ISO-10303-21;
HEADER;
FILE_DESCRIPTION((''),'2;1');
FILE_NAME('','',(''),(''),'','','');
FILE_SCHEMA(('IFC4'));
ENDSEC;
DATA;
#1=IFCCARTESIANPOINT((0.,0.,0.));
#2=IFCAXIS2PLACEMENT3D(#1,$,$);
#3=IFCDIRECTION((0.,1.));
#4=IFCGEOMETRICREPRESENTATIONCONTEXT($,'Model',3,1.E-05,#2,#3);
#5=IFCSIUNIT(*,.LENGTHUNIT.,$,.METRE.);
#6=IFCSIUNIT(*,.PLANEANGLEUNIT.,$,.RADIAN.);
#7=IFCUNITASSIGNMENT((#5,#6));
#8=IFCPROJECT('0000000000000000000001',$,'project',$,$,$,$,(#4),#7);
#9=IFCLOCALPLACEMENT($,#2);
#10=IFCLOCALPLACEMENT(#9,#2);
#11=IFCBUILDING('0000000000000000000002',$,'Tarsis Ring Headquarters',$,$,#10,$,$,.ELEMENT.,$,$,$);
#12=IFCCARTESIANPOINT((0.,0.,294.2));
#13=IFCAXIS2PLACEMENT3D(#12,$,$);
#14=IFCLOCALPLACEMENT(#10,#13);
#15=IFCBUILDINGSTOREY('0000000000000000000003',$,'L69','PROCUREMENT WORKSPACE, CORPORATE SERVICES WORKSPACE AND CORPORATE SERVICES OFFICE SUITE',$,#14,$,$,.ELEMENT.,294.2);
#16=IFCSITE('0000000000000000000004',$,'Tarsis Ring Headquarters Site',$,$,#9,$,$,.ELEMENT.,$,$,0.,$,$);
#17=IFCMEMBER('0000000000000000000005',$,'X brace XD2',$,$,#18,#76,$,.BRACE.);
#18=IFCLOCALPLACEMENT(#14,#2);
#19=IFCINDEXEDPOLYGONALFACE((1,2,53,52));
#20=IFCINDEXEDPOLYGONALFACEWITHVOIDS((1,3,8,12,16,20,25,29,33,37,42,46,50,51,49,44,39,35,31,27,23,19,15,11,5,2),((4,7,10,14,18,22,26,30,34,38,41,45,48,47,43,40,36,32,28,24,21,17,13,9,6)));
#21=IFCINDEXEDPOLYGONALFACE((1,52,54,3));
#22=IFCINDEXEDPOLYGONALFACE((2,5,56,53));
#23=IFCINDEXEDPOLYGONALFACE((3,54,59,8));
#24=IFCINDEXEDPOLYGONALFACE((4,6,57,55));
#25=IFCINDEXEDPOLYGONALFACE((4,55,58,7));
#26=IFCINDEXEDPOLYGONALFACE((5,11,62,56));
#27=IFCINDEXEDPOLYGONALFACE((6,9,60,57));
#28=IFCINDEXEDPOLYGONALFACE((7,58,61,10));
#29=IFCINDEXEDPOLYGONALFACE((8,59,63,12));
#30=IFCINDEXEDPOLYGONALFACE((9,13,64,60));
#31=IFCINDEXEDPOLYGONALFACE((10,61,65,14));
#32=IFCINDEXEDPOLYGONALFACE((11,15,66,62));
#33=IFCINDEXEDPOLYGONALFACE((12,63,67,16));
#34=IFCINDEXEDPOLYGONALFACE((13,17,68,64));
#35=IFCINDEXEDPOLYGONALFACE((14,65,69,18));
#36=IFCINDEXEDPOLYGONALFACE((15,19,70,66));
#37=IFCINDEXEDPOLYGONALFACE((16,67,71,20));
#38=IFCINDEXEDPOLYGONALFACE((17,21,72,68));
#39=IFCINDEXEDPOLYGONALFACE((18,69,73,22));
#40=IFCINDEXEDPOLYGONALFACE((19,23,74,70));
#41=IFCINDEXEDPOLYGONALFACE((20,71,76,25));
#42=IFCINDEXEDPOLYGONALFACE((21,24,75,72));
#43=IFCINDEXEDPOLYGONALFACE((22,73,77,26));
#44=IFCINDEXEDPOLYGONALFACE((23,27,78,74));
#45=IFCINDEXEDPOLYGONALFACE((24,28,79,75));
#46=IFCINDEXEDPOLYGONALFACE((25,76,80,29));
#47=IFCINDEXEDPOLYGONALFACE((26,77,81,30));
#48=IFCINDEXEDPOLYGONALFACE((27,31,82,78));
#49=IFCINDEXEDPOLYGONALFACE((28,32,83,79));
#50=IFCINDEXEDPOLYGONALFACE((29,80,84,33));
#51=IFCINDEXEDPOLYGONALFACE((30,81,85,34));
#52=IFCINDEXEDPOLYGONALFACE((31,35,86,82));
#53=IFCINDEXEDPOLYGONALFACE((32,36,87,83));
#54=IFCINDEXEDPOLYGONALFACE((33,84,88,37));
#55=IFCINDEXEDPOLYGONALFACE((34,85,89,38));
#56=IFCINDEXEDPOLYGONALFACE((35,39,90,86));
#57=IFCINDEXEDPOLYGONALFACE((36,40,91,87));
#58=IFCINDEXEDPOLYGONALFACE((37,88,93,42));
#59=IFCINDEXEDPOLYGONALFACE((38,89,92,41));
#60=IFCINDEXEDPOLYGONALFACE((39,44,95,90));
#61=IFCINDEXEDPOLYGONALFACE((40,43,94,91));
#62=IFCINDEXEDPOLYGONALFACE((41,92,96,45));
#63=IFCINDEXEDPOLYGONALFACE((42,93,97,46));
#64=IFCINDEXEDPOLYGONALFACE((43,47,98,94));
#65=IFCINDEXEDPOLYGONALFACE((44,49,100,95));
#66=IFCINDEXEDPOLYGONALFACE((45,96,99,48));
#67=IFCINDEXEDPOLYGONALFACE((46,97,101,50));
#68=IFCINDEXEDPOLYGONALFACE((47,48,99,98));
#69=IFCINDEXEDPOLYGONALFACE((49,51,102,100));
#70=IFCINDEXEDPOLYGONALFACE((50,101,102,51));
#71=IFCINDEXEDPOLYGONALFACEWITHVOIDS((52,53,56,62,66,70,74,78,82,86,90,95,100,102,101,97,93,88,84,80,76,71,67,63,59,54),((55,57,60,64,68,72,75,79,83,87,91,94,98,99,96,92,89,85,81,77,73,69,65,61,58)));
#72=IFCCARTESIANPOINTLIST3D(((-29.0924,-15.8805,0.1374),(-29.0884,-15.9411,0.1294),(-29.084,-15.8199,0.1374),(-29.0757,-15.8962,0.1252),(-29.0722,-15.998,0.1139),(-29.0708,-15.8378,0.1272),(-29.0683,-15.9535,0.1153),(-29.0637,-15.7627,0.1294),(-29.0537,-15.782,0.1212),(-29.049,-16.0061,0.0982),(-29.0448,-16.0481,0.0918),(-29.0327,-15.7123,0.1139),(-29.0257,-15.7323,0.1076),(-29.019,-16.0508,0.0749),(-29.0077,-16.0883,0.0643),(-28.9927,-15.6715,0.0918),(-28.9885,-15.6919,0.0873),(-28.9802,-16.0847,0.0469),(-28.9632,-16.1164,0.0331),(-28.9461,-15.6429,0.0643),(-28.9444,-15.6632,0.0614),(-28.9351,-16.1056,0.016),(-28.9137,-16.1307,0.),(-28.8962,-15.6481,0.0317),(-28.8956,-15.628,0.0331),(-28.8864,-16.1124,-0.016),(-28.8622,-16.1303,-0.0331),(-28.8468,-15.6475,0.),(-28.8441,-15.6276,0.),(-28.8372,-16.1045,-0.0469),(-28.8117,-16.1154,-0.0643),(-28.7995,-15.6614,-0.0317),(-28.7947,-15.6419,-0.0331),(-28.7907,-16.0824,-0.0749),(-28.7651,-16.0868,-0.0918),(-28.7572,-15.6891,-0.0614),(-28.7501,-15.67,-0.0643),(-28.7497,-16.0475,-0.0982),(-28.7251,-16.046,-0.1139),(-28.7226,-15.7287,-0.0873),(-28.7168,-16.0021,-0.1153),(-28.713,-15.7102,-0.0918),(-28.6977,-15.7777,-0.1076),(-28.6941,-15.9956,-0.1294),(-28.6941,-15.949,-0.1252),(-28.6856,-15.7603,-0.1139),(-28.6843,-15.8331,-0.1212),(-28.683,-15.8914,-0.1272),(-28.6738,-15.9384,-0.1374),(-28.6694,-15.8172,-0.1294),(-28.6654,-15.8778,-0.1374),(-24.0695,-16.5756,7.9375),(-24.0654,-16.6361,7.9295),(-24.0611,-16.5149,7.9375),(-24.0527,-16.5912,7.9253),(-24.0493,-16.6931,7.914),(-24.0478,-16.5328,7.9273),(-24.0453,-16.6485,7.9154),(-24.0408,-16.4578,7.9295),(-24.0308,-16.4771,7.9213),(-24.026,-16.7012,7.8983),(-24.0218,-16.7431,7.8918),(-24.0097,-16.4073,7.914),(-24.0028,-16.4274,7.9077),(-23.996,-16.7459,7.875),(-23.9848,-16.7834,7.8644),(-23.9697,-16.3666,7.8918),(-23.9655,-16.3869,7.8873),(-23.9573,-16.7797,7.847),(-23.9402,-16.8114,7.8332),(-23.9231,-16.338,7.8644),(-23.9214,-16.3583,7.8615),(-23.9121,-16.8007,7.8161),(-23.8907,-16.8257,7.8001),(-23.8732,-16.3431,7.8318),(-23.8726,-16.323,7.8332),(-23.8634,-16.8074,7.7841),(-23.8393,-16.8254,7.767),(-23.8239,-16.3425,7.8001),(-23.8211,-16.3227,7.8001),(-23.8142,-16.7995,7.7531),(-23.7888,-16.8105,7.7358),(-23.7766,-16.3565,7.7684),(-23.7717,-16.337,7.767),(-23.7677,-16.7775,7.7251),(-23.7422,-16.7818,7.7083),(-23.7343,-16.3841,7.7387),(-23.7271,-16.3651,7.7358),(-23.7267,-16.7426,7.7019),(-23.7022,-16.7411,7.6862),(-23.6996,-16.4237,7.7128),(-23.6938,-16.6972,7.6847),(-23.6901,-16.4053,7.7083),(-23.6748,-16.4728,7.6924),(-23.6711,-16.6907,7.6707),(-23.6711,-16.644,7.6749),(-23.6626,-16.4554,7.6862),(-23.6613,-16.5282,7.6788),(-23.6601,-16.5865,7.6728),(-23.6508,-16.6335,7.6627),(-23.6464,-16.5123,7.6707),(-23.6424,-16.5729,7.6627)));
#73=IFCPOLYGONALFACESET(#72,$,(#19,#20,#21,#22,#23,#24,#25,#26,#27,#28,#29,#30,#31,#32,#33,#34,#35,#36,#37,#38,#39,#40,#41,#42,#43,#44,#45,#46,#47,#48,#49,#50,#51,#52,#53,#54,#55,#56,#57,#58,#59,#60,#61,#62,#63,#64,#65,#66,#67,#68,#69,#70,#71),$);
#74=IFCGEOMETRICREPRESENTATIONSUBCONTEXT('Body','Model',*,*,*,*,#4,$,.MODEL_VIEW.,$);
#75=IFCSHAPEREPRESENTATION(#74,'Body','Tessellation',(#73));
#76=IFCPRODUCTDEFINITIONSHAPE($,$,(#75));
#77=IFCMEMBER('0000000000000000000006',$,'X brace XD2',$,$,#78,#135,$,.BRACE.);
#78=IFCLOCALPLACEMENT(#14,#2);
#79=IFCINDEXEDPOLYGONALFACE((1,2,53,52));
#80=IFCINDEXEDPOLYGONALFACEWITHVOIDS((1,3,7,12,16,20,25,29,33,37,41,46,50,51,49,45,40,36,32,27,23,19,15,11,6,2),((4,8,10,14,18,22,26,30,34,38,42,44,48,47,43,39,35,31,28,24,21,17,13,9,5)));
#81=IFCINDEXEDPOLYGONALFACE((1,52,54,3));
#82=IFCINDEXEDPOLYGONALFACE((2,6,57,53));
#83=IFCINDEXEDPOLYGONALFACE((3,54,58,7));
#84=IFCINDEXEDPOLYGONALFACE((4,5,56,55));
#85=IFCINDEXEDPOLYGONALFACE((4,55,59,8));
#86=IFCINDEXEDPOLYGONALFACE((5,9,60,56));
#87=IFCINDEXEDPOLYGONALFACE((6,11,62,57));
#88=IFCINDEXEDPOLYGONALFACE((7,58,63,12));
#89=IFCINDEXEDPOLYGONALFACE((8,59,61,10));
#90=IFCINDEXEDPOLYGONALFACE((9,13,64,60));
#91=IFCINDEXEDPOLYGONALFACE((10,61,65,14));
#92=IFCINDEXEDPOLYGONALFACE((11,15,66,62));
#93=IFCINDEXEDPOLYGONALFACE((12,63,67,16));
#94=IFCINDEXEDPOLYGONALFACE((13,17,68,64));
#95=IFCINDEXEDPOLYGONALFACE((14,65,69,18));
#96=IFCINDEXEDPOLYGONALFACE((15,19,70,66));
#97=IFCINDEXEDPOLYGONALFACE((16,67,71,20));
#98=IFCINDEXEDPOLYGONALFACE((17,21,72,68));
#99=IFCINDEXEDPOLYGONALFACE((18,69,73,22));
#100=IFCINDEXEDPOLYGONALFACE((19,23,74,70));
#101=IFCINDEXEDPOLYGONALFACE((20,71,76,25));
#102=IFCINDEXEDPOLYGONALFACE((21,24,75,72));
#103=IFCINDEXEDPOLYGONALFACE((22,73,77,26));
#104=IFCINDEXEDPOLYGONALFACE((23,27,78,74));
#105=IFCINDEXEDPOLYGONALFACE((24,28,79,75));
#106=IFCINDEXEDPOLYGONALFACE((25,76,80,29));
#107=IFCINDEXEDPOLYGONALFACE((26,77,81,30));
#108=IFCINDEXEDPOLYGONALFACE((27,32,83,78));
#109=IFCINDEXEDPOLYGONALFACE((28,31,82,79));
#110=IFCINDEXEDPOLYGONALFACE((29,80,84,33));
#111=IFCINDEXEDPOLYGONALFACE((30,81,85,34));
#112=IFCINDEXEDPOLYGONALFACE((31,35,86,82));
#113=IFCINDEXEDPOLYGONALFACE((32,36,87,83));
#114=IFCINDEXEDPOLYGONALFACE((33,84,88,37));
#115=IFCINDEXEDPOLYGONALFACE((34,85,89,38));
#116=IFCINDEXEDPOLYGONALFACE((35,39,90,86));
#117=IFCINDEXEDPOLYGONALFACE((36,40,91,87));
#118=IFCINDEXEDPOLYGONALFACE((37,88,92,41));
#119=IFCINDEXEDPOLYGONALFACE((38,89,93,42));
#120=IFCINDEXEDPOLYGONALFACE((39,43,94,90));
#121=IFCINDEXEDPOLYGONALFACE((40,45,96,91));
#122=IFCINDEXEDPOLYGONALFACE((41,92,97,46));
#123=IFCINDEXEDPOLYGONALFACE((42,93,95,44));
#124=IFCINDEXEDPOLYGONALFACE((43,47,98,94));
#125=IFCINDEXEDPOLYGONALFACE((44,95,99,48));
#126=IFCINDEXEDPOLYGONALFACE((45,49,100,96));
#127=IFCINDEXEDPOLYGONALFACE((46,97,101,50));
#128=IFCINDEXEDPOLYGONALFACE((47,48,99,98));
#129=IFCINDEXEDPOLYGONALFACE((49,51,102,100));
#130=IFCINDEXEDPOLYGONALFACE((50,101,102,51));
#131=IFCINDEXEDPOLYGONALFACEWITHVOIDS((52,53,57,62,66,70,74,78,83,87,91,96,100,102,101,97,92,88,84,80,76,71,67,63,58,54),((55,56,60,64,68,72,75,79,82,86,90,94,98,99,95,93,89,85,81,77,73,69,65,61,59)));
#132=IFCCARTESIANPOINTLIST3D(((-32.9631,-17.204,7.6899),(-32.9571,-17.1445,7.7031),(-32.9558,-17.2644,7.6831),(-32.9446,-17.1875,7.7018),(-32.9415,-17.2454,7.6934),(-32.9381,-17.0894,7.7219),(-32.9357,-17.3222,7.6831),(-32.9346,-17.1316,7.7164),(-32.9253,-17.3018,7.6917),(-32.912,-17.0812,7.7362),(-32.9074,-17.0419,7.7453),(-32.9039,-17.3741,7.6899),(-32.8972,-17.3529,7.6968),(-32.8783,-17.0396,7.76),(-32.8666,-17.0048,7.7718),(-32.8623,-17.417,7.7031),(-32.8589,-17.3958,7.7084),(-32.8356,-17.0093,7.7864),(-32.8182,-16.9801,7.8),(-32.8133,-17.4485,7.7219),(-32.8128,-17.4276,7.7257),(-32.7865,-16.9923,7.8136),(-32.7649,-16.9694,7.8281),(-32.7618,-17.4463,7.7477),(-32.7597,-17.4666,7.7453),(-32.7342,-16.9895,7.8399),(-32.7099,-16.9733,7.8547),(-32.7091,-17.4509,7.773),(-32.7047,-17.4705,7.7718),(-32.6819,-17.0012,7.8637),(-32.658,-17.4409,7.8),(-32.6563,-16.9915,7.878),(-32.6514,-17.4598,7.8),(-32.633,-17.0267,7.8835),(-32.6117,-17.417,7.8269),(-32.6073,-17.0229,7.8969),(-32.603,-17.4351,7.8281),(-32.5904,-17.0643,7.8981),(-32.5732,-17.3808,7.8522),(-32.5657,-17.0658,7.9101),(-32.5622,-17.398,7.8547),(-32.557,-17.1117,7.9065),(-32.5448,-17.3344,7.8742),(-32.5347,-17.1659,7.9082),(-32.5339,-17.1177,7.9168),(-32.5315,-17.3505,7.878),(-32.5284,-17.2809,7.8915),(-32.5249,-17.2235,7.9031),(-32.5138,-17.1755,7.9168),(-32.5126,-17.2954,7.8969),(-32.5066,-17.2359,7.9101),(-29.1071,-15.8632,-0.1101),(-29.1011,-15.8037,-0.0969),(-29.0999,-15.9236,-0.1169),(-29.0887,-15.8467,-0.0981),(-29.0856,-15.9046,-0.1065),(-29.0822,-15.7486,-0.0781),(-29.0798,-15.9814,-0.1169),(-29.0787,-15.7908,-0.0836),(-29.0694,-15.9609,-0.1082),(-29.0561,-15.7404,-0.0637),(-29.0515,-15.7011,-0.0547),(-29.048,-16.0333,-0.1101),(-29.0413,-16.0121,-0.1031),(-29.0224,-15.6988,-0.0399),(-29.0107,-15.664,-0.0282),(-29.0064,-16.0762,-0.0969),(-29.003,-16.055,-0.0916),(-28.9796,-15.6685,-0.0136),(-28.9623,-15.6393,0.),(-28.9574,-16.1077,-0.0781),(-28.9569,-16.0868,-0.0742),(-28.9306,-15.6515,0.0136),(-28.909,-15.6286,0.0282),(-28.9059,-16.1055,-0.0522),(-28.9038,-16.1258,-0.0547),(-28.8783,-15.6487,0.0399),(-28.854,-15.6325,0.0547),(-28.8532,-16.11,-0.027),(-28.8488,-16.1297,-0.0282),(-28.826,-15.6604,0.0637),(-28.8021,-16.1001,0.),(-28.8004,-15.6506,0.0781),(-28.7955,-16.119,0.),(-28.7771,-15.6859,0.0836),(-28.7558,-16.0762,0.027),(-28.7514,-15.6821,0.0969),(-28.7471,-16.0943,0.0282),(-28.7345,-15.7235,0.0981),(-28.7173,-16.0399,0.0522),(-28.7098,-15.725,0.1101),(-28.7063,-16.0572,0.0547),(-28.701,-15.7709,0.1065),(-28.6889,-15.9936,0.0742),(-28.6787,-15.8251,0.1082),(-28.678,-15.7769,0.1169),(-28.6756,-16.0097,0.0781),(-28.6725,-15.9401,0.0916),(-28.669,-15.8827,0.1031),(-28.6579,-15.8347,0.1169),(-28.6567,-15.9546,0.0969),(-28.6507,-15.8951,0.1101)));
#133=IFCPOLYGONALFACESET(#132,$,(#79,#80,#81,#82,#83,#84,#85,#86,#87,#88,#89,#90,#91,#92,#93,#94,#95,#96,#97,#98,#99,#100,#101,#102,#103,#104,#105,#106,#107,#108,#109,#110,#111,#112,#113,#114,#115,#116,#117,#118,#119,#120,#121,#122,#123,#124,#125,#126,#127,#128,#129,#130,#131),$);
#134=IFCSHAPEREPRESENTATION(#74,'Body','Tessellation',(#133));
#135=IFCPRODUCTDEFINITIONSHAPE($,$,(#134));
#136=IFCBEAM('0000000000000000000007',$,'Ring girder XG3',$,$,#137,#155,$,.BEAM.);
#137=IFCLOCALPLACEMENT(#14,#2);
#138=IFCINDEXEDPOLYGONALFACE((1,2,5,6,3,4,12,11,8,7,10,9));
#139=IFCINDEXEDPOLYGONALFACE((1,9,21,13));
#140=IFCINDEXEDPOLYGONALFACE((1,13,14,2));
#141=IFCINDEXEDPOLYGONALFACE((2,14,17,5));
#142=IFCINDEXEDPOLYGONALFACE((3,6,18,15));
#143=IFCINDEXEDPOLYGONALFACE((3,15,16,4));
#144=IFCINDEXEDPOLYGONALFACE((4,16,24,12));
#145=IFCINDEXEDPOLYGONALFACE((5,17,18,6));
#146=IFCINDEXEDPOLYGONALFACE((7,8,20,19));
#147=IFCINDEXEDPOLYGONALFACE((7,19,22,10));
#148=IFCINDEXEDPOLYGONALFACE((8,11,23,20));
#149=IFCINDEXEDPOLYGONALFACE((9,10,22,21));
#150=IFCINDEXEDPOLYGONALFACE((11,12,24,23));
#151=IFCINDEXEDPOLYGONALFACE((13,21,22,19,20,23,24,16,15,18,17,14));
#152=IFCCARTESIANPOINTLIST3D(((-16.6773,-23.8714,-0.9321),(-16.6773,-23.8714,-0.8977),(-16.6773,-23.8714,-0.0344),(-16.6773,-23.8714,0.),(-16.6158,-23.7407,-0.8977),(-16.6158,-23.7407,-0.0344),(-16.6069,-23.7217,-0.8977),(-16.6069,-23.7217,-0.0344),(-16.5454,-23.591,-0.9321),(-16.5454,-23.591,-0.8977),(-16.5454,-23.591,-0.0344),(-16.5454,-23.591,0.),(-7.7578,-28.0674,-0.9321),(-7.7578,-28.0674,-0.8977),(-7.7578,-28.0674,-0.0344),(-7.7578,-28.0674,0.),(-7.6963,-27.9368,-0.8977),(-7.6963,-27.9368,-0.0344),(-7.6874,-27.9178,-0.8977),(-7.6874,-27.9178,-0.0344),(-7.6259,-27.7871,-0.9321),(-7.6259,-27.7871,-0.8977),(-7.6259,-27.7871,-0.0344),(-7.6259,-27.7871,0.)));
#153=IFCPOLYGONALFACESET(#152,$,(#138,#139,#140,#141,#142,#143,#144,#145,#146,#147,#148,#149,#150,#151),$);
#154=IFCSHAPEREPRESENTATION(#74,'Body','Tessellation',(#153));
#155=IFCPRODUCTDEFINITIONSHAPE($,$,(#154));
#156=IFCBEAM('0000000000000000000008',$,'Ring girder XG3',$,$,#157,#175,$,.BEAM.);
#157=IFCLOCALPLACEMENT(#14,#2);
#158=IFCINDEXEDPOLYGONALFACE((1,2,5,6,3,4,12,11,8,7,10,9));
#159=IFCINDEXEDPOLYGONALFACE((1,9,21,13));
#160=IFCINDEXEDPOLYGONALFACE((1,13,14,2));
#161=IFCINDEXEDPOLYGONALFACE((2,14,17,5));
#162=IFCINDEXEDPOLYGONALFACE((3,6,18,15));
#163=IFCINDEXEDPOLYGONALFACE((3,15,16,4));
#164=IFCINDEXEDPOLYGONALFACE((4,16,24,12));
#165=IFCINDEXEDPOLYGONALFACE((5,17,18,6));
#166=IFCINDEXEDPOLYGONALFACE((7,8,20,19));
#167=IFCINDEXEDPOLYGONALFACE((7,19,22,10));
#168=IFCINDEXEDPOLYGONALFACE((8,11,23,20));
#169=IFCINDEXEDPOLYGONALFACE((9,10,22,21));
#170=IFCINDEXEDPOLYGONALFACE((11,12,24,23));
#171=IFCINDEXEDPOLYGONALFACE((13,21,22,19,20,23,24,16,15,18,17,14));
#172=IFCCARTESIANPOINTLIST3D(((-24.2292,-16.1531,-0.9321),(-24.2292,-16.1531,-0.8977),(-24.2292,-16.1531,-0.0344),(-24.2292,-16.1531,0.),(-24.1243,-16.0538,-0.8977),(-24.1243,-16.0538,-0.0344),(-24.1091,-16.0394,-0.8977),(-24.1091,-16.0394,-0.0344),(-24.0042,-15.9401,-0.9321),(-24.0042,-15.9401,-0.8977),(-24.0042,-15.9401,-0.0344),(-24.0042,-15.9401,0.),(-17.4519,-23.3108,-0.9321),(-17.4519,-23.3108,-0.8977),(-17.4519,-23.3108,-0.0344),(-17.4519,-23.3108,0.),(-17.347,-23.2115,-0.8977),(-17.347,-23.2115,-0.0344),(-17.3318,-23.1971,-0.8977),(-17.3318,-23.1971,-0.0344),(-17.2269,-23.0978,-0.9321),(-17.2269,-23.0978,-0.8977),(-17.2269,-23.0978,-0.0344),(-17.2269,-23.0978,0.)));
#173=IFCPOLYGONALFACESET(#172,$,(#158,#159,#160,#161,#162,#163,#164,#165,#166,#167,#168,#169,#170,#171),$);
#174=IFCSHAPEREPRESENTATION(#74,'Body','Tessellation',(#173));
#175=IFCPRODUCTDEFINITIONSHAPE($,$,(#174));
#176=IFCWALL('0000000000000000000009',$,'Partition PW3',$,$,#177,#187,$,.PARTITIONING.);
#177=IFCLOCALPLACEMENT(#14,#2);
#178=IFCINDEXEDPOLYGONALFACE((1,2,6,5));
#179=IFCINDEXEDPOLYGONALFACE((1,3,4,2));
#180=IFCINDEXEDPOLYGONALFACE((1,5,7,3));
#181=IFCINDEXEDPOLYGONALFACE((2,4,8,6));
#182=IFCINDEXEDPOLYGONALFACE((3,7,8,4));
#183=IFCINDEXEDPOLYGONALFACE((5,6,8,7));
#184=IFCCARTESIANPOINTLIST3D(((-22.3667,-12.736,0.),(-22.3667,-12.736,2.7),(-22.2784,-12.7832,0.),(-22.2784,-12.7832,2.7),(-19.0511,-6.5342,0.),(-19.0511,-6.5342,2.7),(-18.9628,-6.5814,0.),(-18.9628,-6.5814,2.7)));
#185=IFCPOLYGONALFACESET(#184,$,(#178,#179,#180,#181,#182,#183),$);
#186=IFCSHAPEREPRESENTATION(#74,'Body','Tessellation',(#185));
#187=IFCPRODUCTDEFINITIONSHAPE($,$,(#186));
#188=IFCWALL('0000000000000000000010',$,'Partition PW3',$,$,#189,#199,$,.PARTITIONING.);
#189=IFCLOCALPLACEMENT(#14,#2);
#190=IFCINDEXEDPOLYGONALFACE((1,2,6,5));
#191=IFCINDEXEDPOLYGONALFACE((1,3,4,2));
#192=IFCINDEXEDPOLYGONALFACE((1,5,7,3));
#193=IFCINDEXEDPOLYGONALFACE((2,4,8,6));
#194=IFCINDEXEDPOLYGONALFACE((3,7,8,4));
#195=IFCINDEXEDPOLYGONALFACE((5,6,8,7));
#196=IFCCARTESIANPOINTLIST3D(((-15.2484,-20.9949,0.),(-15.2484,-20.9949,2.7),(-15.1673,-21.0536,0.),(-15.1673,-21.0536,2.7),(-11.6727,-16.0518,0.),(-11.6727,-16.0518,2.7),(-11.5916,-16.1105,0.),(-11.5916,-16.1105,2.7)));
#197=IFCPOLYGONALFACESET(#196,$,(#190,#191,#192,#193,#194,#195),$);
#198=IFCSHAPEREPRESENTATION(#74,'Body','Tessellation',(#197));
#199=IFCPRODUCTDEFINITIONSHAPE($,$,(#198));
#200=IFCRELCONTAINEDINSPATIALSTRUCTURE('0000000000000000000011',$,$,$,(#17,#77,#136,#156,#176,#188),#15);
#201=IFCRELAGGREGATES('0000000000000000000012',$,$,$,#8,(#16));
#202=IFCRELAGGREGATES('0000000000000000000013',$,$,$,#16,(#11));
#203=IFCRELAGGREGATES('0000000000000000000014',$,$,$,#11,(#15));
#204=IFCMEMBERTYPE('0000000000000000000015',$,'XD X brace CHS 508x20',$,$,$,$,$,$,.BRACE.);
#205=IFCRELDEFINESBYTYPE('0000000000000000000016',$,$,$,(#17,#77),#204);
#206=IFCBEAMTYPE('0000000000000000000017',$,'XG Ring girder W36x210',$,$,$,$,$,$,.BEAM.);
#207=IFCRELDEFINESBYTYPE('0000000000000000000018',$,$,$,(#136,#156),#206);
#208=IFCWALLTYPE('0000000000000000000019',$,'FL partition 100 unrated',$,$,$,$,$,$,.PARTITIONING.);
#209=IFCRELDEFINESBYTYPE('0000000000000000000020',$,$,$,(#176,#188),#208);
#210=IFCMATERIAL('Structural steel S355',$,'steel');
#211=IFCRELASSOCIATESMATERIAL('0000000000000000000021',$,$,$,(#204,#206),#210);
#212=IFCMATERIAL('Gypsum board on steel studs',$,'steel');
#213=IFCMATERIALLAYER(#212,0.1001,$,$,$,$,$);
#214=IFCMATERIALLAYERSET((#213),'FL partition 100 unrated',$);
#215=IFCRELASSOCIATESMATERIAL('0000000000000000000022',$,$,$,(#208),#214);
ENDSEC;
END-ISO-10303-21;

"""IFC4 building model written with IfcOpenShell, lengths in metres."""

from ifc_helpers import new_model, si_unit, direction, frame, frame_2d, origin, origin_2d, place, context, subcontext, project, spatial, rectangle, hollow_circle, i_section, extrude, material, layer, layer_set, material_profile, profile_set, type_object, element, save


model = new_model("IFC4")

# Units and contexts
model_context = context("Model", 3, precision=1e-05, world=origin(), true_north=direction((0.0, 1.0)))
body_context = subcontext(model_context, "Body", "Model", "MODEL_VIEW")
ifc_project = project(units=[si_unit("LENGTHUNIT", "METRE"), si_unit("PLANEANGLEUNIT", "RADIAN")], contexts=[model_context])

# Site, building, storey
site_placement = place(None, origin())
site = spatial("IfcSite", under=ifc_project, at=site_placement, Name="Tarsis Ring Headquarters Site", CompositionType="ELEMENT", RefElevation=0.0)
building_placement = place(site_placement, origin())
building = spatial("IfcBuilding", under=site, at=building_placement, Name="Tarsis Ring Headquarters", CompositionType="ELEMENT")
storey_placement = place(building_placement, frame((0.0, 0.0, 294.2)))
storey = spatial("IfcBuildingStorey", under=building, at=storey_placement, Name="L69", Description="PROCUREMENT WORKSPACE, CORPORATE SERVICES WORKSPACE AND CORPORATE SERVICES OFFICE SUITE", CompositionType="ELEMENT", Elevation=294.2)

# Shared definitions
ifc_material_1 = material(Name="Structural steel S355", Category="steel")

# Members
ifc_material_profile_1 = material_profile(ifc_material_1, hollow_circle(Radius=0.2539, WallThickness=0.02, at=origin_2d()), Name="CHS 508x20")
ifc_profile_set_1 = profile_set([ifc_material_profile_1], Name="Structural steel S355")
member_type = type_object("IfcMemberType", Name="XD X brace CHS 508x20", PredefinedType="BRACE", material=ifc_profile_set_1)
member_1_placement = place(storey_placement, frame((-28.8789, -15.8792, 0.0), z_axis=(0.539903, -0.074711, 0.838405), x_axis=(0.137072, 0.990561, 0.0)))
element("IfcMember", 1, at=member_1_placement, inside=storey, type_object=member_type, Name="X brace XD2", PredefinedType="BRACE", context=body_context, shape_type="SweptSolid", body=[
    extrude(hollow_circle(Radius=0.2539, WallThickness=0.02, at=origin_2d()), origin(), (0.0, 0.0, 1.0), 9.3035),
])
member_2_placement = place(storey_placement, frame((-28.8789, -15.8792, 0.0), z_axis=(-0.437988, -0.1523, 0.885986), x_axis=(0.328437, -0.944526, 0.0)))
element("IfcMember", 2, at=member_2_placement, inside=storey, type_object=member_type, Name="X brace XD2", PredefinedType="BRACE", context=body_context, shape_type="SweptSolid", body=[
    extrude(hollow_circle(Radius=0.2539, WallThickness=0.02, at=origin_2d()), origin(), (0.0, 0.0, 1.0), 8.8037),
])

# Beams
ifc_material_profile_2 = material_profile(ifc_material_1, i_section(OverallWidth=0.3098, OverallDepth=0.9321, WebThickness=0.021, FlangeThickness=0.0344, at=origin_2d()), Name="W36x210")
ifc_profile_set_2 = profile_set([ifc_material_profile_2], Name="Structural steel S355")
beam_type = type_object("IfcBeamType", Name="XG Ring girder W36x210", PredefinedType="BEAM", material=ifc_profile_set_2)
for number, where, z_axis, x_axis, name in (
    (3, (-16.6113, -23.7312, -0.4661), (0.904871, -0.425686, 0.0), (0.425686, 0.904871, 0.0), "Ring girder XG3"),
    (4, (-24.1167, -16.0466, -0.4661), (0.68755, -0.726137, 0.0), (0.726137, 0.68755, 0.0), "Ring girder XG3"),
):
    element("IfcBeam", number, at=place(storey_placement, frame(where, z_axis=z_axis, x_axis=x_axis)), inside=storey, type_object=beam_type, Name=name, PredefinedType="BEAM", context=body_context, shape_type="SweptSolid", body=[
        extrude(i_section(OverallWidth=0.3098, OverallDepth=0.9321, WebThickness=0.021, FlangeThickness=0.0344, at=origin_2d()), origin(), (0.0, 0.0, 1.0), 9.8572),
    ])

# Walls
ifc_material_2 = material(Name="Gypsum board on steel studs", Category="steel")
ifc_layer_1 = layer(ifc_material_2, 0.1001)
ifc_layer_set_1 = layer_set([ifc_layer_1], Name="FL partition 100 unrated")
wall_type_1 = type_object("IfcWallType", Name="FL partition 100 unrated", PredefinedType="PARTITIONING", material=ifc_layer_set_1)
wall_1_placement = place(storey_placement, frame((-22.3225, -12.7595, 0.0), z_axis=(0.0, 0.0, 1.0), x_axis=(0.471473, 0.881881, 0.0)))
element("IfcWall", 5, at=wall_1_placement, inside=storey, type_object=wall_type_1, Name="Partition PW3", PredefinedType="PARTITIONING", context=body_context, shape_type="SweptSolid", body=[
    extrude(rectangle(XDim=7.0325, YDim=0.1001, at=frame_2d((3.5161, 0.0))), origin(), (0.0, 0.0, 1.0), 2.7),
])
wall_2_placement = place(storey_placement, frame((-15.2078, -21.0242, 0.0), z_axis=(0.0, 0.0, 1.0), x_axis=(0.5861, 0.810239, 0.0)))
element("IfcWall", 6, at=wall_2_placement, inside=storey, type_object=wall_type_1, Name="Partition PW3", PredefinedType="PARTITIONING", context=body_context, shape_type="SweptSolid", body=[
    extrude(rectangle(XDim=6.1008, YDim=0.1001, at=frame_2d((3.0503, 0.0))), origin(), (0.0, 0.0, 1.0), 2.7),
])

save(model, "model.ifc")
